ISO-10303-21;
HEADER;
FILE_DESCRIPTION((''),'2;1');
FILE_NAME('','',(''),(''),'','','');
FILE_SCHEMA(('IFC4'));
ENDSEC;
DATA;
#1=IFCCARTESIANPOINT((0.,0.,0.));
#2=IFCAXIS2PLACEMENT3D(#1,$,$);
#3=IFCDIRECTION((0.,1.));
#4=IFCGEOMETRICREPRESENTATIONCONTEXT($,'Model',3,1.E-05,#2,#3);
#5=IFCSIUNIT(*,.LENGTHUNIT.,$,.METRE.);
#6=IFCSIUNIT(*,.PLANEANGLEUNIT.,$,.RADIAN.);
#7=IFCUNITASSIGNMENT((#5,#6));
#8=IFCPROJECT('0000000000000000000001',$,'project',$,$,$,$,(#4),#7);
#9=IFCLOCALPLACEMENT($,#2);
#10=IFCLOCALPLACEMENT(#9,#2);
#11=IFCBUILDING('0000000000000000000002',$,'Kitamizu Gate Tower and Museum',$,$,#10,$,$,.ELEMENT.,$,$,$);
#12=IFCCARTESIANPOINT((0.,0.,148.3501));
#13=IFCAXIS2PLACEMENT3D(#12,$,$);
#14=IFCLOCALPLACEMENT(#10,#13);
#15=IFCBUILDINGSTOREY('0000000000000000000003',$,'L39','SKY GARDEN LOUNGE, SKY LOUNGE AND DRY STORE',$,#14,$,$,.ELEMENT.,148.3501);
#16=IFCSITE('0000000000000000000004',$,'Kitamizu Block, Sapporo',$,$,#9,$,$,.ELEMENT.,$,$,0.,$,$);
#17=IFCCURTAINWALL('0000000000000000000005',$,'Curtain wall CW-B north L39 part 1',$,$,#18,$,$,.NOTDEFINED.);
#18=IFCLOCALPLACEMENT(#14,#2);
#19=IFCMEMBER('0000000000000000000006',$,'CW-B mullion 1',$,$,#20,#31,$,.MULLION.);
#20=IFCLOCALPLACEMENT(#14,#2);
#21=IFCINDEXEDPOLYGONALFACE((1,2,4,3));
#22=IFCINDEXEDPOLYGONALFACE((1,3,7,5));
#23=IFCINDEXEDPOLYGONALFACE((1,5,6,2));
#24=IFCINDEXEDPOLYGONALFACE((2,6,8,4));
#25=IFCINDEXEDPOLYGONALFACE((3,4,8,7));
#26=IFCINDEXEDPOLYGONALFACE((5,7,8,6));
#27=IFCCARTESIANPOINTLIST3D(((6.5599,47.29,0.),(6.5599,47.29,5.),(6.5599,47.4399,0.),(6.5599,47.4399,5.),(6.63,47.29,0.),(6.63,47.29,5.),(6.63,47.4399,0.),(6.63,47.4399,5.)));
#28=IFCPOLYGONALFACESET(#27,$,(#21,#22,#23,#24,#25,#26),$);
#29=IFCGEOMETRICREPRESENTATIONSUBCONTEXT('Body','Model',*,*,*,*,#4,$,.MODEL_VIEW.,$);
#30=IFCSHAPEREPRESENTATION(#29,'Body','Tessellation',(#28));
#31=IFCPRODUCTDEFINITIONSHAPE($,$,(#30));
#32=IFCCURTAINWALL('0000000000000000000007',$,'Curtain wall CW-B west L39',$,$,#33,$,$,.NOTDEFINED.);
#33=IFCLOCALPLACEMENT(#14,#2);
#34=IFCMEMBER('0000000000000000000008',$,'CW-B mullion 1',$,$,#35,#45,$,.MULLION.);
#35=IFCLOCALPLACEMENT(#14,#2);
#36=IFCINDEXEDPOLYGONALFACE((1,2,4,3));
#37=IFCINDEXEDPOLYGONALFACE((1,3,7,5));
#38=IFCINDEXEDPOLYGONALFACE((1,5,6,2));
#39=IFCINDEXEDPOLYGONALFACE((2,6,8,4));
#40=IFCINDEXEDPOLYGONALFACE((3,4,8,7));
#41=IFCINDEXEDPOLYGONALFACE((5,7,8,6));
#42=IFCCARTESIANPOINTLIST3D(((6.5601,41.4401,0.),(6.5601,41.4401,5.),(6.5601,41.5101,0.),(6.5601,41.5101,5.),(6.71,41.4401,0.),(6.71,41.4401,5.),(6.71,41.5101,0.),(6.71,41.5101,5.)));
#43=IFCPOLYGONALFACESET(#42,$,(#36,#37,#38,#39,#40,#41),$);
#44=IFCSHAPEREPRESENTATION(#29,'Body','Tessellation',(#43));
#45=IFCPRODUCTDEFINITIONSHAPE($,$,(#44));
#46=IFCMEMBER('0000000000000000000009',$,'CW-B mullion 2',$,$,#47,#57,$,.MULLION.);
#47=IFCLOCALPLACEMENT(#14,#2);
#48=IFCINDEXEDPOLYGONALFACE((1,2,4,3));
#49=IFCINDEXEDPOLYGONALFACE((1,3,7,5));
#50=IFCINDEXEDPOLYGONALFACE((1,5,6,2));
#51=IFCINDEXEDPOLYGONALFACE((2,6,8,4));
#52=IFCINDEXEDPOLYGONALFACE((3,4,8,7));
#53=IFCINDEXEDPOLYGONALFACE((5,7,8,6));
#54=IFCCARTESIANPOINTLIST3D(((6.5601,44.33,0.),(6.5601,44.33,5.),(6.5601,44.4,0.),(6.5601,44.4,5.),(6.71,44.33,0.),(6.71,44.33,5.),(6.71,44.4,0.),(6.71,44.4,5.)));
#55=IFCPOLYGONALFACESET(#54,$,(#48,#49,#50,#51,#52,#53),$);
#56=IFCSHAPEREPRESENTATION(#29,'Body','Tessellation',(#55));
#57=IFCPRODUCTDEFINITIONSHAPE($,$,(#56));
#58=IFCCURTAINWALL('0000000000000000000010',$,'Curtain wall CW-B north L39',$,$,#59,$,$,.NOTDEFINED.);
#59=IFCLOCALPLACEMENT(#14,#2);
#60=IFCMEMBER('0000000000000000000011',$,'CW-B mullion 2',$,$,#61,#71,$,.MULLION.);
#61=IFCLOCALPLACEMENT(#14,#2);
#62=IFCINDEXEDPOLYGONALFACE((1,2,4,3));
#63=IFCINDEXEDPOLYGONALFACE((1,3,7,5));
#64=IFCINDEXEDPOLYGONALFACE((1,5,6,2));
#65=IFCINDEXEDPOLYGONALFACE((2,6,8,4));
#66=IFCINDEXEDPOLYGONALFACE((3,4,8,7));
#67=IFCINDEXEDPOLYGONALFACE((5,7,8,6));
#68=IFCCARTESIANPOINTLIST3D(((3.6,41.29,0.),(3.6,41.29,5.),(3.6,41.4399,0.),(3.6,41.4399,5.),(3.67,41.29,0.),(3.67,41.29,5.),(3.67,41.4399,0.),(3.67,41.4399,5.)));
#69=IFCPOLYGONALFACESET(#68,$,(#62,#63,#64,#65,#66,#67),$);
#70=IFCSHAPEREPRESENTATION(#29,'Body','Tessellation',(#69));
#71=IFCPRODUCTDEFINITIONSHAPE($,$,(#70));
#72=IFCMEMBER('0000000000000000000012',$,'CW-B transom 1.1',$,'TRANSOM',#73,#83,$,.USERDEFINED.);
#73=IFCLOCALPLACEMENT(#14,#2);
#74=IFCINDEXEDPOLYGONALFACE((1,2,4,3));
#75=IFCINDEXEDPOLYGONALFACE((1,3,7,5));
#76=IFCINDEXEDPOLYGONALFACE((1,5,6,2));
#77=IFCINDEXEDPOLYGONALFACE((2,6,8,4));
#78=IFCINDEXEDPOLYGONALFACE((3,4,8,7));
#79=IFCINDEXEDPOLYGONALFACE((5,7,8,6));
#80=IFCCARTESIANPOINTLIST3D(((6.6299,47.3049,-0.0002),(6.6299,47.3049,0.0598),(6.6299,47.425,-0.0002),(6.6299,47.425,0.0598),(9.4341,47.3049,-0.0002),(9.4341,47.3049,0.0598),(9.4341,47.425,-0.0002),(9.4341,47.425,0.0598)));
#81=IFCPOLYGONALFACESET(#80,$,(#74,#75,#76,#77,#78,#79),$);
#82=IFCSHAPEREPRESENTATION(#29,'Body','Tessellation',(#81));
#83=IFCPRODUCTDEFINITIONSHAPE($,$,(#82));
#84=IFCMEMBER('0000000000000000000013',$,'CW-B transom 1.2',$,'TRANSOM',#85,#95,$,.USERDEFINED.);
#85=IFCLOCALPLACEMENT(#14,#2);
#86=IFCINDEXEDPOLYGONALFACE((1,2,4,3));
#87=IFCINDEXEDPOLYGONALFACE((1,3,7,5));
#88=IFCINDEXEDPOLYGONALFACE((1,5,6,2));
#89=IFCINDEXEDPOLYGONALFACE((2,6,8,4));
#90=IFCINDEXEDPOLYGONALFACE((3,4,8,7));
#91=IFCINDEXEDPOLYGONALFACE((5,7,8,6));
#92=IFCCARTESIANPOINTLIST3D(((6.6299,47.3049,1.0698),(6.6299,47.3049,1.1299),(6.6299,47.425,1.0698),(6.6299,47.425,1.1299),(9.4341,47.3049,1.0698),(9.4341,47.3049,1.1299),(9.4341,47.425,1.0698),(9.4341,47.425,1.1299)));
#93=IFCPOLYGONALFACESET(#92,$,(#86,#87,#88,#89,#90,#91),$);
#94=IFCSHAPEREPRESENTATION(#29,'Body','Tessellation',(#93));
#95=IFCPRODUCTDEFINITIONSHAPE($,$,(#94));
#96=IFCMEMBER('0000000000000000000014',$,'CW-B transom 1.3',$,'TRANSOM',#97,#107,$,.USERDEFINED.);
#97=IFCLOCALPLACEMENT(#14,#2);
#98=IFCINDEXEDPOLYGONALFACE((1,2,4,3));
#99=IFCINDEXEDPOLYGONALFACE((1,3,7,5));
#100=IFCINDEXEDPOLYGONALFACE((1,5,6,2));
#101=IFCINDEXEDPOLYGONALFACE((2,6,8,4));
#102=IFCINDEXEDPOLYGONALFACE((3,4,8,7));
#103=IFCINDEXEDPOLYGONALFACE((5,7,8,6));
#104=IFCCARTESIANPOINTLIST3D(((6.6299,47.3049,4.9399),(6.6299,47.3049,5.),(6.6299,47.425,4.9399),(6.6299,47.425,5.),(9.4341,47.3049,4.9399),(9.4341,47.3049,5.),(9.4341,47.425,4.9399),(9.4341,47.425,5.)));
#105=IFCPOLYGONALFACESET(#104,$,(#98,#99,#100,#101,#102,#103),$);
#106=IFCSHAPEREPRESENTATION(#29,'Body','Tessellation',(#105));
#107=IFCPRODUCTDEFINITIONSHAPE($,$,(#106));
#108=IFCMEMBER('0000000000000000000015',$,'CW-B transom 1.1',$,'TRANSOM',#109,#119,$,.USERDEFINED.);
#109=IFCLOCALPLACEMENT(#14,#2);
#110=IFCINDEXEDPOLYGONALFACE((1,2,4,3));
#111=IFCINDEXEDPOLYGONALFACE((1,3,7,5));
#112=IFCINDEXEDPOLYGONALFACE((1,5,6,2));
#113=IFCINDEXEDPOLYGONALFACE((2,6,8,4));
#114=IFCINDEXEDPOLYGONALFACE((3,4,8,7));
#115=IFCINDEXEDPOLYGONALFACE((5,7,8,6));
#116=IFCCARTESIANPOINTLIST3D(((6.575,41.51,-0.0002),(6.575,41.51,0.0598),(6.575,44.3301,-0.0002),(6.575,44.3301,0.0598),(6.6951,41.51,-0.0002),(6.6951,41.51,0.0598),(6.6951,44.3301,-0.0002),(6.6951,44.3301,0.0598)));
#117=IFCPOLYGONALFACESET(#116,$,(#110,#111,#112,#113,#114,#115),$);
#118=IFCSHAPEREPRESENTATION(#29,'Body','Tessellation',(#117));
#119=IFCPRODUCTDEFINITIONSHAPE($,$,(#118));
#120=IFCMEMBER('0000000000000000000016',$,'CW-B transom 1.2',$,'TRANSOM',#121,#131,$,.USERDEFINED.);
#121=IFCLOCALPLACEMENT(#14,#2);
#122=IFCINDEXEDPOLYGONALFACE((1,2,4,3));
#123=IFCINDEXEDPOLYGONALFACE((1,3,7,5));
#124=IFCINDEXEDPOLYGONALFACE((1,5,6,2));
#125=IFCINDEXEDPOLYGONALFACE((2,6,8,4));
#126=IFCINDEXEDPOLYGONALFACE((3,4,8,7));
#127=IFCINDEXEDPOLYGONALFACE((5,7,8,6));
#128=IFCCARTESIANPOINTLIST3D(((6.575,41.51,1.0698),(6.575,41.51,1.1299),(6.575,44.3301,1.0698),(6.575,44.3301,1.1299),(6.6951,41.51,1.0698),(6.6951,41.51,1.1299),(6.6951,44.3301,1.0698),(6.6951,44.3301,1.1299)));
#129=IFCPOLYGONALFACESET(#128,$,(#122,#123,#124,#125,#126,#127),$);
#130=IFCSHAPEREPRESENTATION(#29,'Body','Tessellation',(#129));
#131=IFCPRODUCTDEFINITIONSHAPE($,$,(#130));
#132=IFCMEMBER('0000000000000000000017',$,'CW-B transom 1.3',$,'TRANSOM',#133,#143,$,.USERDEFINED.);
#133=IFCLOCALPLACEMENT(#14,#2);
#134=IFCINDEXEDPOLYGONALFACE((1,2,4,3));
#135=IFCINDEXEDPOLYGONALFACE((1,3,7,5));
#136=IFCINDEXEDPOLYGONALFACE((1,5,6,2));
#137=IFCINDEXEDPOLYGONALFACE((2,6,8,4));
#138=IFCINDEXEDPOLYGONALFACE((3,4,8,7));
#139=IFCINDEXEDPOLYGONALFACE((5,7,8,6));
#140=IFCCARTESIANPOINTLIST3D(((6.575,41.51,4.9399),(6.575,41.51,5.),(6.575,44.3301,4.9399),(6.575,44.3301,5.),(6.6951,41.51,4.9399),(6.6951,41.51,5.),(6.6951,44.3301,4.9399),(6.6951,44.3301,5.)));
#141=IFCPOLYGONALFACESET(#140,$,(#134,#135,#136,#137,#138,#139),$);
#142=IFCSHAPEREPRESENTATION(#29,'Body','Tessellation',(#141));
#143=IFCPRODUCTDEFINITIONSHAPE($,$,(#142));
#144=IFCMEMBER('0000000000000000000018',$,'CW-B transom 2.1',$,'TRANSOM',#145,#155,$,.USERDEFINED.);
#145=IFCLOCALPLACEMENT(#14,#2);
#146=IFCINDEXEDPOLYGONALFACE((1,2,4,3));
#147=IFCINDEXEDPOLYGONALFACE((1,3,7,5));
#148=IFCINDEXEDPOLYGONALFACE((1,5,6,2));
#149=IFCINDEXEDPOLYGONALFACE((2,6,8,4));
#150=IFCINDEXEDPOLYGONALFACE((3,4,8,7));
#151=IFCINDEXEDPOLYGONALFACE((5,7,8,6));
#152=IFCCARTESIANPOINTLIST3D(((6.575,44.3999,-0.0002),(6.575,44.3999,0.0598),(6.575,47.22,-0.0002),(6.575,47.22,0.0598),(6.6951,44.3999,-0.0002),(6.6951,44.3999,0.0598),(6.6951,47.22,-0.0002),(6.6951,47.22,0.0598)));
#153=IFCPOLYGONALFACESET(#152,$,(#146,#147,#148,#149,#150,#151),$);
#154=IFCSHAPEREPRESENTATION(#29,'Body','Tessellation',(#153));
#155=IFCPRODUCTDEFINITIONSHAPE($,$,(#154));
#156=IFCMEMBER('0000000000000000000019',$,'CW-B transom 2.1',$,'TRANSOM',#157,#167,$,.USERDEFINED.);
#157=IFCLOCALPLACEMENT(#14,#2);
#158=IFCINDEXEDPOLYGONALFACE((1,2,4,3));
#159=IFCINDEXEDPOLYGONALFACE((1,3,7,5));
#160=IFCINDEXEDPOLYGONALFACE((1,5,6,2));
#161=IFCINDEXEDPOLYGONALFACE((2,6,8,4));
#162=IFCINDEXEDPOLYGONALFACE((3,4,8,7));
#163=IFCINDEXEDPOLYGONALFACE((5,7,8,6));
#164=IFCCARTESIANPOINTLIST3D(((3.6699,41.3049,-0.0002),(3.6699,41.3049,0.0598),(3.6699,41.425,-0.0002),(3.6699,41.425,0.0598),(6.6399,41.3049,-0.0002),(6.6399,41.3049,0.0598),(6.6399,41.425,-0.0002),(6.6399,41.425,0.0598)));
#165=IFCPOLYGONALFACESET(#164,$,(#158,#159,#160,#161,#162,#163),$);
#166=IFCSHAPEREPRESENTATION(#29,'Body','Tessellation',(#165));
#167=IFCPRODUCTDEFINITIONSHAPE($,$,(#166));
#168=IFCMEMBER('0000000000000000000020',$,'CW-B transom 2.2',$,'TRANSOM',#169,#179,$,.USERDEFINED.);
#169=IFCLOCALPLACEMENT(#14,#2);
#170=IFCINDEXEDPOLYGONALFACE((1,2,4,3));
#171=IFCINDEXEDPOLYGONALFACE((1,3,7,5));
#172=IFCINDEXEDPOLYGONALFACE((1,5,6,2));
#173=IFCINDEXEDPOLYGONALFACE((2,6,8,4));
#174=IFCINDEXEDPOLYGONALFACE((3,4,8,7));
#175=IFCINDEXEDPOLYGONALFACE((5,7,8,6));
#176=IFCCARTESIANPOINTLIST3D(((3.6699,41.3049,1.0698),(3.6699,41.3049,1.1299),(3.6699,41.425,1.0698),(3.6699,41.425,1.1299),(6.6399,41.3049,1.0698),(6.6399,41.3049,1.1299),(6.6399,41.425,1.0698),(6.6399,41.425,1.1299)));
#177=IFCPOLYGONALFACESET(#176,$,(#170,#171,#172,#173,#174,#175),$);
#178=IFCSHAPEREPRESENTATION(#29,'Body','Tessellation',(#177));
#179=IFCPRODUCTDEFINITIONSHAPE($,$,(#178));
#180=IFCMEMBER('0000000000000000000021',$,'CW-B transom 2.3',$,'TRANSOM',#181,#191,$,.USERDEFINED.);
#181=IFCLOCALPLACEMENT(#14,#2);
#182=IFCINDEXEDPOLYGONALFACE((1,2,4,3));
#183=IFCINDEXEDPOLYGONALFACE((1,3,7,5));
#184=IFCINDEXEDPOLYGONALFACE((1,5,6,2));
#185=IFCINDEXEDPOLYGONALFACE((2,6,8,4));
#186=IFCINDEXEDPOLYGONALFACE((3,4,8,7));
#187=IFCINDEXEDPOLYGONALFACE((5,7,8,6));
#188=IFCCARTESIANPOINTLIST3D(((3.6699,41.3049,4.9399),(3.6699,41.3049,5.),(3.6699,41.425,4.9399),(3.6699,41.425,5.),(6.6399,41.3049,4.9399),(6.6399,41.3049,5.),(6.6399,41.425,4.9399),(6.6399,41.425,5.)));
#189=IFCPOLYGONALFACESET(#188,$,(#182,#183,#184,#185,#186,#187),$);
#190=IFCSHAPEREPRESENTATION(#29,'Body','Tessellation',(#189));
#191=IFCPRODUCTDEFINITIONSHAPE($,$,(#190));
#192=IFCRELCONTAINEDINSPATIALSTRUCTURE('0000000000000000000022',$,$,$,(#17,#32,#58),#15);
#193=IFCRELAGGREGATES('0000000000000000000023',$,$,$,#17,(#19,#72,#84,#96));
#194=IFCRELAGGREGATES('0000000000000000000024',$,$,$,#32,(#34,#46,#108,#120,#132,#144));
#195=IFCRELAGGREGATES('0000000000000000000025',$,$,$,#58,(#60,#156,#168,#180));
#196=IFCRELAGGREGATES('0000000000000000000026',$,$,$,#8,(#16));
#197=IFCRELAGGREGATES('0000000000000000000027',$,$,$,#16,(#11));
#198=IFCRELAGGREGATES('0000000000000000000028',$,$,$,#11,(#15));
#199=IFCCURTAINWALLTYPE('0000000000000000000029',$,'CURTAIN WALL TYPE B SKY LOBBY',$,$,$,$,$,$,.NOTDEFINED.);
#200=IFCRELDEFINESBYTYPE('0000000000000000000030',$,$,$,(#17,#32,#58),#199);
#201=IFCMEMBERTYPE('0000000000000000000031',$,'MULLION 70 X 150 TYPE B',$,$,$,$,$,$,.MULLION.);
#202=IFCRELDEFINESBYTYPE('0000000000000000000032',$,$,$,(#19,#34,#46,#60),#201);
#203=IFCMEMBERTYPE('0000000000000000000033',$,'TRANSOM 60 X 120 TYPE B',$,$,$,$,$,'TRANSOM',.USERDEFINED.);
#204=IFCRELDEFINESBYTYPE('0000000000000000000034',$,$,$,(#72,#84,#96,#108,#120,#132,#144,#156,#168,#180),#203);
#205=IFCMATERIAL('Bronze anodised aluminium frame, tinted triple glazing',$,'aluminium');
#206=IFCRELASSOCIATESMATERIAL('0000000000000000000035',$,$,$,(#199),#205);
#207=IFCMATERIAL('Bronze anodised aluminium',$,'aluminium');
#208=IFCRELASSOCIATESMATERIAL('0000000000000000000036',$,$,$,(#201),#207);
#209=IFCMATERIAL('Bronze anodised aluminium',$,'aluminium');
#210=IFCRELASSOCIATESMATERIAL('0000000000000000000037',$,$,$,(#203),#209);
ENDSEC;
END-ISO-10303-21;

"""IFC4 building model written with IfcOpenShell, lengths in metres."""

from ifc_helpers import new_model, si_unit, direction, frame, origin, origin_2d, place, context, subcontext, project, spatial, rectangle, extrude, material, material_profile, profile_set, type_object, element, aggregate, save


model = new_model("IFC4")

# Units and contexts
model_context = context("Model", 3, precision=1e-05, world=origin(), true_north=direction((0.0, 1.0)))
body_context = subcontext(model_context, "Body", "Model", "MODEL_VIEW")
ifc_project = project(units=[si_unit("LENGTHUNIT", "METRE"), si_unit("PLANEANGLEUNIT", "RADIAN")], contexts=[model_context])

# Site, building, storey
site_placement = place(None, origin())
site = spatial("IfcSite", under=ifc_project, at=site_placement, Name="Kitamizu Block, Sapporo", CompositionType="ELEMENT", RefElevation=0.0)
building_placement = place(site_placement, origin())
building = spatial("IfcBuilding", under=site, at=building_placement, Name="Kitamizu Gate Tower and Museum", CompositionType="ELEMENT")
storey_placement = place(building_placement, frame((0.0, 0.0, 148.3501)))
storey = spatial("IfcBuildingStorey", under=building, at=storey_placement, Name="L39", Description="SKY GARDEN LOUNGE, SKY LOUNGE AND DRY STORE", CompositionType="ELEMENT", Elevation=148.3501)

# Curtain wall, member
ifc_material_1 = material(Name="Bronze anodised aluminium frame, tinted triple glazing", Category="aluminium")
curtain_wall_type = type_object("IfcCurtainWallType", Name="CURTAIN WALL TYPE B SKY LOBBY", PredefinedType="NOTDEFINED", material=ifc_material_1)
curtain_wall_1_placement = place(storey_placement, origin())
curtain_wall_1 = element("IfcCurtainWall", 1, at=curtain_wall_1_placement, inside=storey, type_object=curtain_wall_type, Name="Curtain wall CW-B north L39 part 1", PredefinedType="NOTDEFINED")
ifc_material_2 = material(Name="Bronze anodised aluminium", Category="aluminium")
ifc_material_profile_1 = material_profile(ifc_material_2, rectangle(XDim=0.0701, YDim=0.1499, at=origin_2d()), Name="AL 70X150")
ifc_profile_set_1 = profile_set([ifc_material_profile_1], Name="Bronze anodised aluminium")
member_type_1 = type_object("IfcMemberType", Name="MULLION 70 X 150 TYPE B", PredefinedType="MULLION", material=ifc_profile_set_1)
member_1_placement = place(storey_placement, frame((6.595, 47.365, 0.0), z_axis=(0.0, 0.0, 1.0), x_axis=(1.0, 0.0, 0.0)))
member_1 = element("IfcMember", 2, at=member_1_placement, type_object=member_type_1, Name="CW-B mullion 1", PredefinedType="MULLION", context=body_context, shape_type="SweptSolid", body=[
    extrude(rectangle(XDim=0.0701, YDim=0.1499, at=origin_2d()), origin(), (0.0, 0.0, 1.0), 5.0),
])

# Curtain wall, members
curtain_wall_2_placement = place(storey_placement, origin())
curtain_wall_2 = element("IfcCurtainWall", 3, at=curtain_wall_2_placement, inside=storey, type_object=curtain_wall_type, Name="Curtain wall CW-B west L39", PredefinedType="NOTDEFINED")
member_2_placement = place(storey_placement, frame((6.635, 41.4751, 0.0), z_axis=(0.0, 0.0, 1.0), x_axis=(0.0, 1.0, 0.0)))
member_2 = element("IfcMember", 4, at=member_2_placement, type_object=member_type_1, Name="CW-B mullion 1", PredefinedType="MULLION", context=body_context, shape_type="SweptSolid", body=[
    extrude(rectangle(XDim=0.0701, YDim=0.1499, at=origin_2d()), origin(), (0.0, 0.0, 1.0), 5.0),
])
member_3_placement = place(storey_placement, frame((6.635, 44.365, 0.0), z_axis=(0.0, 0.0, 1.0), x_axis=(0.0, 1.0, 0.0)))
member_3 = element("IfcMember", 5, at=member_3_placement, type_object=member_type_1, Name="CW-B mullion 2", PredefinedType="MULLION", context=body_context, shape_type="SweptSolid", body=[
    extrude(rectangle(XDim=0.0701, YDim=0.1499, at=origin_2d()), origin(), (0.0, 0.0, 1.0), 5.0),
])

# Curtain wall, member
curtain_wall_3_placement = place(storey_placement, origin())
curtain_wall_3 = element("IfcCurtainWall", 6, at=curtain_wall_3_placement, inside=storey, type_object=curtain_wall_type, Name="Curtain wall CW-B north L39", PredefinedType="NOTDEFINED")
member_4_placement = place(storey_placement, frame((3.635, 41.365, 0.0), z_axis=(0.0, 0.0, 1.0), x_axis=(1.0, 0.0, 0.0)))
member_4 = element("IfcMember", 7, at=member_4_placement, type_object=member_type_1, Name="CW-B mullion 2", PredefinedType="MULLION", context=body_context, shape_type="SweptSolid", body=[
    extrude(rectangle(XDim=0.0701, YDim=0.1499, at=origin_2d()), origin(), (0.0, 0.0, 1.0), 5.0),
])

# Members
ifc_material_3 = material(Name="Bronze anodised aluminium", Category="aluminium")
ifc_material_profile_2 = material_profile(ifc_material_3, rectangle(XDim=0.1201, YDim=0.0601, at=origin_2d()), Name="AL 60X120")
ifc_profile_set_2 = profile_set([ifc_material_profile_2], Name="Bronze anodised aluminium")
member_type_2 = type_object("IfcMemberType", Name="TRANSOM 60 X 120 TYPE B", ElementType="TRANSOM", PredefinedType="USERDEFINED", material=ifc_profile_set_2)
member_5_placement = place(storey_placement, frame((6.6299, 47.365, 0.0298), z_axis=(1.0, 0.0, 0.0), x_axis=(0.0, 1.0, 0.0)))
member_5 = element("IfcMember", 8, at=member_5_placement, type_object=member_type_2, Name="CW-B transom 1.1", ObjectType="TRANSOM", PredefinedType="USERDEFINED", context=body_context, shape_type="SweptSolid", body=[
    extrude(rectangle(XDim=0.1201, YDim=0.0601, at=origin_2d()), origin(), (0.0, 0.0, 1.0), 2.8042),
])
member_6_placement = place(storey_placement, frame((6.6299, 47.365, 1.0999), z_axis=(1.0, 0.0, 0.0), x_axis=(0.0, 1.0, 0.0)))
member_6 = element("IfcMember", 9, at=member_6_placement, type_object=member_type_2, Name="CW-B transom 1.2", ObjectType="TRANSOM", PredefinedType="USERDEFINED", context=body_context, shape_type="SweptSolid", body=[
    extrude(rectangle(XDim=0.1201, YDim=0.0601, at=origin_2d()), origin(), (0.0, 0.0, 1.0), 2.8042),
])
member_7_placement = place(storey_placement, frame((6.6299, 47.365, 4.97), z_axis=(1.0, 0.0, 0.0), x_axis=(0.0, 1.0, 0.0)))
member_7 = element("IfcMember", 10, at=member_7_placement, type_object=member_type_2, Name="CW-B transom 1.3", ObjectType="TRANSOM", PredefinedType="USERDEFINED", context=body_context, shape_type="SweptSolid", body=[
    extrude(rectangle(XDim=0.1201, YDim=0.0601, at=origin_2d()), origin(), (0.0, 0.0, 1.0), 2.8042),
])
aggregate(curtain_wall_1, [member_1, member_5, member_6, member_7])
member_8_placement = place(storey_placement, frame((6.635, 41.51, 0.0298), z_axis=(0.0, 1.0, 0.0), x_axis=(-1.0, 0.0, 0.0)))
member_8 = element("IfcMember", 11, at=member_8_placement, type_object=member_type_2, Name="CW-B transom 1.1", ObjectType="TRANSOM", PredefinedType="USERDEFINED", context=body_context, shape_type="SweptSolid", body=[
    extrude(rectangle(XDim=0.1201, YDim=0.0601, at=origin_2d()), origin(), (0.0, 0.0, 1.0), 2.8201),
])
member_9_placement = place(storey_placement, frame((6.635, 41.51, 1.0999), z_axis=(0.0, 1.0, 0.0), x_axis=(-1.0, 0.0, 0.0)))
member_9 = element("IfcMember", 12, at=member_9_placement, type_object=member_type_2, Name="CW-B transom 1.2", ObjectType="TRANSOM", PredefinedType="USERDEFINED", context=body_context, shape_type="SweptSolid", body=[
    extrude(rectangle(XDim=0.1201, YDim=0.0601, at=origin_2d()), origin(), (0.0, 0.0, 1.0), 2.8201),
])
member_10_placement = place(storey_placement, frame((6.635, 41.51, 4.97), z_axis=(0.0, 1.0, 0.0), x_axis=(-1.0, 0.0, 0.0)))
member_10 = element("IfcMember", 13, at=member_10_placement, type_object=member_type_2, Name="CW-B transom 1.3", ObjectType="TRANSOM", PredefinedType="USERDEFINED", context=body_context, shape_type="SweptSolid", body=[
    extrude(rectangle(XDim=0.1201, YDim=0.0601, at=origin_2d()), origin(), (0.0, 0.0, 1.0), 2.8201),
])
member_11_placement = place(storey_placement, frame((6.635, 44.3999, 0.0298), z_axis=(0.0, 1.0, 0.0), x_axis=(-1.0, 0.0, 0.0)))
member_11 = element("IfcMember", 14, at=member_11_placement, type_object=member_type_2, Name="CW-B transom 2.1", ObjectType="TRANSOM", PredefinedType="USERDEFINED", context=body_context, shape_type="SweptSolid", body=[
    extrude(rectangle(XDim=0.1201, YDim=0.0601, at=origin_2d()), origin(), (0.0, 0.0, 1.0), 2.8201),
])
member_12_placement = place(storey_placement, frame((3.6699, 41.365, 0.0298), z_axis=(1.0, 0.0, 0.0), x_axis=(0.0, 1.0, 0.0)))
member_12 = element("IfcMember", 15, at=member_12_placement, type_object=member_type_2, Name="CW-B transom 2.1", ObjectType="TRANSOM", PredefinedType="USERDEFINED", context=body_context, shape_type="SweptSolid", body=[
    extrude(rectangle(XDim=0.1201, YDim=0.0601, at=origin_2d()), origin(), (0.0, 0.0, 1.0), 2.97),
])
member_13_placement = place(storey_placement, frame((3.6699, 41.365, 1.0999), z_axis=(1.0, 0.0, 0.0), x_axis=(0.0, 1.0, 0.0)))
member_13 = element("IfcMember", 16, at=member_13_placement, type_object=member_type_2, Name="CW-B transom 2.2", ObjectType="TRANSOM", PredefinedType="USERDEFINED", context=body_context, shape_type="SweptSolid", body=[
    extrude(rectangle(XDim=0.1201, YDim=0.0601, at=origin_2d()), origin(), (0.0, 0.0, 1.0), 2.97),
])
member_14_placement = place(storey_placement, frame((3.6699, 41.365, 4.97), z_axis=(1.0, 0.0, 0.0), x_axis=(0.0, 1.0, 0.0)))
member_14 = element("IfcMember", 17, at=member_14_placement, type_object=member_type_2, Name="CW-B transom 2.3", ObjectType="TRANSOM", PredefinedType="USERDEFINED", context=body_context, shape_type="SweptSolid", body=[
    extrude(rectangle(XDim=0.1201, YDim=0.0601, at=origin_2d()), origin(), (0.0, 0.0, 1.0), 2.97),
])

aggregate(curtain_wall_2, [member_2, member_3, member_8, member_9, member_10, member_11])
aggregate(curtain_wall_3, [member_4, member_12, member_13, member_14])

save(model, "model.ifc")
